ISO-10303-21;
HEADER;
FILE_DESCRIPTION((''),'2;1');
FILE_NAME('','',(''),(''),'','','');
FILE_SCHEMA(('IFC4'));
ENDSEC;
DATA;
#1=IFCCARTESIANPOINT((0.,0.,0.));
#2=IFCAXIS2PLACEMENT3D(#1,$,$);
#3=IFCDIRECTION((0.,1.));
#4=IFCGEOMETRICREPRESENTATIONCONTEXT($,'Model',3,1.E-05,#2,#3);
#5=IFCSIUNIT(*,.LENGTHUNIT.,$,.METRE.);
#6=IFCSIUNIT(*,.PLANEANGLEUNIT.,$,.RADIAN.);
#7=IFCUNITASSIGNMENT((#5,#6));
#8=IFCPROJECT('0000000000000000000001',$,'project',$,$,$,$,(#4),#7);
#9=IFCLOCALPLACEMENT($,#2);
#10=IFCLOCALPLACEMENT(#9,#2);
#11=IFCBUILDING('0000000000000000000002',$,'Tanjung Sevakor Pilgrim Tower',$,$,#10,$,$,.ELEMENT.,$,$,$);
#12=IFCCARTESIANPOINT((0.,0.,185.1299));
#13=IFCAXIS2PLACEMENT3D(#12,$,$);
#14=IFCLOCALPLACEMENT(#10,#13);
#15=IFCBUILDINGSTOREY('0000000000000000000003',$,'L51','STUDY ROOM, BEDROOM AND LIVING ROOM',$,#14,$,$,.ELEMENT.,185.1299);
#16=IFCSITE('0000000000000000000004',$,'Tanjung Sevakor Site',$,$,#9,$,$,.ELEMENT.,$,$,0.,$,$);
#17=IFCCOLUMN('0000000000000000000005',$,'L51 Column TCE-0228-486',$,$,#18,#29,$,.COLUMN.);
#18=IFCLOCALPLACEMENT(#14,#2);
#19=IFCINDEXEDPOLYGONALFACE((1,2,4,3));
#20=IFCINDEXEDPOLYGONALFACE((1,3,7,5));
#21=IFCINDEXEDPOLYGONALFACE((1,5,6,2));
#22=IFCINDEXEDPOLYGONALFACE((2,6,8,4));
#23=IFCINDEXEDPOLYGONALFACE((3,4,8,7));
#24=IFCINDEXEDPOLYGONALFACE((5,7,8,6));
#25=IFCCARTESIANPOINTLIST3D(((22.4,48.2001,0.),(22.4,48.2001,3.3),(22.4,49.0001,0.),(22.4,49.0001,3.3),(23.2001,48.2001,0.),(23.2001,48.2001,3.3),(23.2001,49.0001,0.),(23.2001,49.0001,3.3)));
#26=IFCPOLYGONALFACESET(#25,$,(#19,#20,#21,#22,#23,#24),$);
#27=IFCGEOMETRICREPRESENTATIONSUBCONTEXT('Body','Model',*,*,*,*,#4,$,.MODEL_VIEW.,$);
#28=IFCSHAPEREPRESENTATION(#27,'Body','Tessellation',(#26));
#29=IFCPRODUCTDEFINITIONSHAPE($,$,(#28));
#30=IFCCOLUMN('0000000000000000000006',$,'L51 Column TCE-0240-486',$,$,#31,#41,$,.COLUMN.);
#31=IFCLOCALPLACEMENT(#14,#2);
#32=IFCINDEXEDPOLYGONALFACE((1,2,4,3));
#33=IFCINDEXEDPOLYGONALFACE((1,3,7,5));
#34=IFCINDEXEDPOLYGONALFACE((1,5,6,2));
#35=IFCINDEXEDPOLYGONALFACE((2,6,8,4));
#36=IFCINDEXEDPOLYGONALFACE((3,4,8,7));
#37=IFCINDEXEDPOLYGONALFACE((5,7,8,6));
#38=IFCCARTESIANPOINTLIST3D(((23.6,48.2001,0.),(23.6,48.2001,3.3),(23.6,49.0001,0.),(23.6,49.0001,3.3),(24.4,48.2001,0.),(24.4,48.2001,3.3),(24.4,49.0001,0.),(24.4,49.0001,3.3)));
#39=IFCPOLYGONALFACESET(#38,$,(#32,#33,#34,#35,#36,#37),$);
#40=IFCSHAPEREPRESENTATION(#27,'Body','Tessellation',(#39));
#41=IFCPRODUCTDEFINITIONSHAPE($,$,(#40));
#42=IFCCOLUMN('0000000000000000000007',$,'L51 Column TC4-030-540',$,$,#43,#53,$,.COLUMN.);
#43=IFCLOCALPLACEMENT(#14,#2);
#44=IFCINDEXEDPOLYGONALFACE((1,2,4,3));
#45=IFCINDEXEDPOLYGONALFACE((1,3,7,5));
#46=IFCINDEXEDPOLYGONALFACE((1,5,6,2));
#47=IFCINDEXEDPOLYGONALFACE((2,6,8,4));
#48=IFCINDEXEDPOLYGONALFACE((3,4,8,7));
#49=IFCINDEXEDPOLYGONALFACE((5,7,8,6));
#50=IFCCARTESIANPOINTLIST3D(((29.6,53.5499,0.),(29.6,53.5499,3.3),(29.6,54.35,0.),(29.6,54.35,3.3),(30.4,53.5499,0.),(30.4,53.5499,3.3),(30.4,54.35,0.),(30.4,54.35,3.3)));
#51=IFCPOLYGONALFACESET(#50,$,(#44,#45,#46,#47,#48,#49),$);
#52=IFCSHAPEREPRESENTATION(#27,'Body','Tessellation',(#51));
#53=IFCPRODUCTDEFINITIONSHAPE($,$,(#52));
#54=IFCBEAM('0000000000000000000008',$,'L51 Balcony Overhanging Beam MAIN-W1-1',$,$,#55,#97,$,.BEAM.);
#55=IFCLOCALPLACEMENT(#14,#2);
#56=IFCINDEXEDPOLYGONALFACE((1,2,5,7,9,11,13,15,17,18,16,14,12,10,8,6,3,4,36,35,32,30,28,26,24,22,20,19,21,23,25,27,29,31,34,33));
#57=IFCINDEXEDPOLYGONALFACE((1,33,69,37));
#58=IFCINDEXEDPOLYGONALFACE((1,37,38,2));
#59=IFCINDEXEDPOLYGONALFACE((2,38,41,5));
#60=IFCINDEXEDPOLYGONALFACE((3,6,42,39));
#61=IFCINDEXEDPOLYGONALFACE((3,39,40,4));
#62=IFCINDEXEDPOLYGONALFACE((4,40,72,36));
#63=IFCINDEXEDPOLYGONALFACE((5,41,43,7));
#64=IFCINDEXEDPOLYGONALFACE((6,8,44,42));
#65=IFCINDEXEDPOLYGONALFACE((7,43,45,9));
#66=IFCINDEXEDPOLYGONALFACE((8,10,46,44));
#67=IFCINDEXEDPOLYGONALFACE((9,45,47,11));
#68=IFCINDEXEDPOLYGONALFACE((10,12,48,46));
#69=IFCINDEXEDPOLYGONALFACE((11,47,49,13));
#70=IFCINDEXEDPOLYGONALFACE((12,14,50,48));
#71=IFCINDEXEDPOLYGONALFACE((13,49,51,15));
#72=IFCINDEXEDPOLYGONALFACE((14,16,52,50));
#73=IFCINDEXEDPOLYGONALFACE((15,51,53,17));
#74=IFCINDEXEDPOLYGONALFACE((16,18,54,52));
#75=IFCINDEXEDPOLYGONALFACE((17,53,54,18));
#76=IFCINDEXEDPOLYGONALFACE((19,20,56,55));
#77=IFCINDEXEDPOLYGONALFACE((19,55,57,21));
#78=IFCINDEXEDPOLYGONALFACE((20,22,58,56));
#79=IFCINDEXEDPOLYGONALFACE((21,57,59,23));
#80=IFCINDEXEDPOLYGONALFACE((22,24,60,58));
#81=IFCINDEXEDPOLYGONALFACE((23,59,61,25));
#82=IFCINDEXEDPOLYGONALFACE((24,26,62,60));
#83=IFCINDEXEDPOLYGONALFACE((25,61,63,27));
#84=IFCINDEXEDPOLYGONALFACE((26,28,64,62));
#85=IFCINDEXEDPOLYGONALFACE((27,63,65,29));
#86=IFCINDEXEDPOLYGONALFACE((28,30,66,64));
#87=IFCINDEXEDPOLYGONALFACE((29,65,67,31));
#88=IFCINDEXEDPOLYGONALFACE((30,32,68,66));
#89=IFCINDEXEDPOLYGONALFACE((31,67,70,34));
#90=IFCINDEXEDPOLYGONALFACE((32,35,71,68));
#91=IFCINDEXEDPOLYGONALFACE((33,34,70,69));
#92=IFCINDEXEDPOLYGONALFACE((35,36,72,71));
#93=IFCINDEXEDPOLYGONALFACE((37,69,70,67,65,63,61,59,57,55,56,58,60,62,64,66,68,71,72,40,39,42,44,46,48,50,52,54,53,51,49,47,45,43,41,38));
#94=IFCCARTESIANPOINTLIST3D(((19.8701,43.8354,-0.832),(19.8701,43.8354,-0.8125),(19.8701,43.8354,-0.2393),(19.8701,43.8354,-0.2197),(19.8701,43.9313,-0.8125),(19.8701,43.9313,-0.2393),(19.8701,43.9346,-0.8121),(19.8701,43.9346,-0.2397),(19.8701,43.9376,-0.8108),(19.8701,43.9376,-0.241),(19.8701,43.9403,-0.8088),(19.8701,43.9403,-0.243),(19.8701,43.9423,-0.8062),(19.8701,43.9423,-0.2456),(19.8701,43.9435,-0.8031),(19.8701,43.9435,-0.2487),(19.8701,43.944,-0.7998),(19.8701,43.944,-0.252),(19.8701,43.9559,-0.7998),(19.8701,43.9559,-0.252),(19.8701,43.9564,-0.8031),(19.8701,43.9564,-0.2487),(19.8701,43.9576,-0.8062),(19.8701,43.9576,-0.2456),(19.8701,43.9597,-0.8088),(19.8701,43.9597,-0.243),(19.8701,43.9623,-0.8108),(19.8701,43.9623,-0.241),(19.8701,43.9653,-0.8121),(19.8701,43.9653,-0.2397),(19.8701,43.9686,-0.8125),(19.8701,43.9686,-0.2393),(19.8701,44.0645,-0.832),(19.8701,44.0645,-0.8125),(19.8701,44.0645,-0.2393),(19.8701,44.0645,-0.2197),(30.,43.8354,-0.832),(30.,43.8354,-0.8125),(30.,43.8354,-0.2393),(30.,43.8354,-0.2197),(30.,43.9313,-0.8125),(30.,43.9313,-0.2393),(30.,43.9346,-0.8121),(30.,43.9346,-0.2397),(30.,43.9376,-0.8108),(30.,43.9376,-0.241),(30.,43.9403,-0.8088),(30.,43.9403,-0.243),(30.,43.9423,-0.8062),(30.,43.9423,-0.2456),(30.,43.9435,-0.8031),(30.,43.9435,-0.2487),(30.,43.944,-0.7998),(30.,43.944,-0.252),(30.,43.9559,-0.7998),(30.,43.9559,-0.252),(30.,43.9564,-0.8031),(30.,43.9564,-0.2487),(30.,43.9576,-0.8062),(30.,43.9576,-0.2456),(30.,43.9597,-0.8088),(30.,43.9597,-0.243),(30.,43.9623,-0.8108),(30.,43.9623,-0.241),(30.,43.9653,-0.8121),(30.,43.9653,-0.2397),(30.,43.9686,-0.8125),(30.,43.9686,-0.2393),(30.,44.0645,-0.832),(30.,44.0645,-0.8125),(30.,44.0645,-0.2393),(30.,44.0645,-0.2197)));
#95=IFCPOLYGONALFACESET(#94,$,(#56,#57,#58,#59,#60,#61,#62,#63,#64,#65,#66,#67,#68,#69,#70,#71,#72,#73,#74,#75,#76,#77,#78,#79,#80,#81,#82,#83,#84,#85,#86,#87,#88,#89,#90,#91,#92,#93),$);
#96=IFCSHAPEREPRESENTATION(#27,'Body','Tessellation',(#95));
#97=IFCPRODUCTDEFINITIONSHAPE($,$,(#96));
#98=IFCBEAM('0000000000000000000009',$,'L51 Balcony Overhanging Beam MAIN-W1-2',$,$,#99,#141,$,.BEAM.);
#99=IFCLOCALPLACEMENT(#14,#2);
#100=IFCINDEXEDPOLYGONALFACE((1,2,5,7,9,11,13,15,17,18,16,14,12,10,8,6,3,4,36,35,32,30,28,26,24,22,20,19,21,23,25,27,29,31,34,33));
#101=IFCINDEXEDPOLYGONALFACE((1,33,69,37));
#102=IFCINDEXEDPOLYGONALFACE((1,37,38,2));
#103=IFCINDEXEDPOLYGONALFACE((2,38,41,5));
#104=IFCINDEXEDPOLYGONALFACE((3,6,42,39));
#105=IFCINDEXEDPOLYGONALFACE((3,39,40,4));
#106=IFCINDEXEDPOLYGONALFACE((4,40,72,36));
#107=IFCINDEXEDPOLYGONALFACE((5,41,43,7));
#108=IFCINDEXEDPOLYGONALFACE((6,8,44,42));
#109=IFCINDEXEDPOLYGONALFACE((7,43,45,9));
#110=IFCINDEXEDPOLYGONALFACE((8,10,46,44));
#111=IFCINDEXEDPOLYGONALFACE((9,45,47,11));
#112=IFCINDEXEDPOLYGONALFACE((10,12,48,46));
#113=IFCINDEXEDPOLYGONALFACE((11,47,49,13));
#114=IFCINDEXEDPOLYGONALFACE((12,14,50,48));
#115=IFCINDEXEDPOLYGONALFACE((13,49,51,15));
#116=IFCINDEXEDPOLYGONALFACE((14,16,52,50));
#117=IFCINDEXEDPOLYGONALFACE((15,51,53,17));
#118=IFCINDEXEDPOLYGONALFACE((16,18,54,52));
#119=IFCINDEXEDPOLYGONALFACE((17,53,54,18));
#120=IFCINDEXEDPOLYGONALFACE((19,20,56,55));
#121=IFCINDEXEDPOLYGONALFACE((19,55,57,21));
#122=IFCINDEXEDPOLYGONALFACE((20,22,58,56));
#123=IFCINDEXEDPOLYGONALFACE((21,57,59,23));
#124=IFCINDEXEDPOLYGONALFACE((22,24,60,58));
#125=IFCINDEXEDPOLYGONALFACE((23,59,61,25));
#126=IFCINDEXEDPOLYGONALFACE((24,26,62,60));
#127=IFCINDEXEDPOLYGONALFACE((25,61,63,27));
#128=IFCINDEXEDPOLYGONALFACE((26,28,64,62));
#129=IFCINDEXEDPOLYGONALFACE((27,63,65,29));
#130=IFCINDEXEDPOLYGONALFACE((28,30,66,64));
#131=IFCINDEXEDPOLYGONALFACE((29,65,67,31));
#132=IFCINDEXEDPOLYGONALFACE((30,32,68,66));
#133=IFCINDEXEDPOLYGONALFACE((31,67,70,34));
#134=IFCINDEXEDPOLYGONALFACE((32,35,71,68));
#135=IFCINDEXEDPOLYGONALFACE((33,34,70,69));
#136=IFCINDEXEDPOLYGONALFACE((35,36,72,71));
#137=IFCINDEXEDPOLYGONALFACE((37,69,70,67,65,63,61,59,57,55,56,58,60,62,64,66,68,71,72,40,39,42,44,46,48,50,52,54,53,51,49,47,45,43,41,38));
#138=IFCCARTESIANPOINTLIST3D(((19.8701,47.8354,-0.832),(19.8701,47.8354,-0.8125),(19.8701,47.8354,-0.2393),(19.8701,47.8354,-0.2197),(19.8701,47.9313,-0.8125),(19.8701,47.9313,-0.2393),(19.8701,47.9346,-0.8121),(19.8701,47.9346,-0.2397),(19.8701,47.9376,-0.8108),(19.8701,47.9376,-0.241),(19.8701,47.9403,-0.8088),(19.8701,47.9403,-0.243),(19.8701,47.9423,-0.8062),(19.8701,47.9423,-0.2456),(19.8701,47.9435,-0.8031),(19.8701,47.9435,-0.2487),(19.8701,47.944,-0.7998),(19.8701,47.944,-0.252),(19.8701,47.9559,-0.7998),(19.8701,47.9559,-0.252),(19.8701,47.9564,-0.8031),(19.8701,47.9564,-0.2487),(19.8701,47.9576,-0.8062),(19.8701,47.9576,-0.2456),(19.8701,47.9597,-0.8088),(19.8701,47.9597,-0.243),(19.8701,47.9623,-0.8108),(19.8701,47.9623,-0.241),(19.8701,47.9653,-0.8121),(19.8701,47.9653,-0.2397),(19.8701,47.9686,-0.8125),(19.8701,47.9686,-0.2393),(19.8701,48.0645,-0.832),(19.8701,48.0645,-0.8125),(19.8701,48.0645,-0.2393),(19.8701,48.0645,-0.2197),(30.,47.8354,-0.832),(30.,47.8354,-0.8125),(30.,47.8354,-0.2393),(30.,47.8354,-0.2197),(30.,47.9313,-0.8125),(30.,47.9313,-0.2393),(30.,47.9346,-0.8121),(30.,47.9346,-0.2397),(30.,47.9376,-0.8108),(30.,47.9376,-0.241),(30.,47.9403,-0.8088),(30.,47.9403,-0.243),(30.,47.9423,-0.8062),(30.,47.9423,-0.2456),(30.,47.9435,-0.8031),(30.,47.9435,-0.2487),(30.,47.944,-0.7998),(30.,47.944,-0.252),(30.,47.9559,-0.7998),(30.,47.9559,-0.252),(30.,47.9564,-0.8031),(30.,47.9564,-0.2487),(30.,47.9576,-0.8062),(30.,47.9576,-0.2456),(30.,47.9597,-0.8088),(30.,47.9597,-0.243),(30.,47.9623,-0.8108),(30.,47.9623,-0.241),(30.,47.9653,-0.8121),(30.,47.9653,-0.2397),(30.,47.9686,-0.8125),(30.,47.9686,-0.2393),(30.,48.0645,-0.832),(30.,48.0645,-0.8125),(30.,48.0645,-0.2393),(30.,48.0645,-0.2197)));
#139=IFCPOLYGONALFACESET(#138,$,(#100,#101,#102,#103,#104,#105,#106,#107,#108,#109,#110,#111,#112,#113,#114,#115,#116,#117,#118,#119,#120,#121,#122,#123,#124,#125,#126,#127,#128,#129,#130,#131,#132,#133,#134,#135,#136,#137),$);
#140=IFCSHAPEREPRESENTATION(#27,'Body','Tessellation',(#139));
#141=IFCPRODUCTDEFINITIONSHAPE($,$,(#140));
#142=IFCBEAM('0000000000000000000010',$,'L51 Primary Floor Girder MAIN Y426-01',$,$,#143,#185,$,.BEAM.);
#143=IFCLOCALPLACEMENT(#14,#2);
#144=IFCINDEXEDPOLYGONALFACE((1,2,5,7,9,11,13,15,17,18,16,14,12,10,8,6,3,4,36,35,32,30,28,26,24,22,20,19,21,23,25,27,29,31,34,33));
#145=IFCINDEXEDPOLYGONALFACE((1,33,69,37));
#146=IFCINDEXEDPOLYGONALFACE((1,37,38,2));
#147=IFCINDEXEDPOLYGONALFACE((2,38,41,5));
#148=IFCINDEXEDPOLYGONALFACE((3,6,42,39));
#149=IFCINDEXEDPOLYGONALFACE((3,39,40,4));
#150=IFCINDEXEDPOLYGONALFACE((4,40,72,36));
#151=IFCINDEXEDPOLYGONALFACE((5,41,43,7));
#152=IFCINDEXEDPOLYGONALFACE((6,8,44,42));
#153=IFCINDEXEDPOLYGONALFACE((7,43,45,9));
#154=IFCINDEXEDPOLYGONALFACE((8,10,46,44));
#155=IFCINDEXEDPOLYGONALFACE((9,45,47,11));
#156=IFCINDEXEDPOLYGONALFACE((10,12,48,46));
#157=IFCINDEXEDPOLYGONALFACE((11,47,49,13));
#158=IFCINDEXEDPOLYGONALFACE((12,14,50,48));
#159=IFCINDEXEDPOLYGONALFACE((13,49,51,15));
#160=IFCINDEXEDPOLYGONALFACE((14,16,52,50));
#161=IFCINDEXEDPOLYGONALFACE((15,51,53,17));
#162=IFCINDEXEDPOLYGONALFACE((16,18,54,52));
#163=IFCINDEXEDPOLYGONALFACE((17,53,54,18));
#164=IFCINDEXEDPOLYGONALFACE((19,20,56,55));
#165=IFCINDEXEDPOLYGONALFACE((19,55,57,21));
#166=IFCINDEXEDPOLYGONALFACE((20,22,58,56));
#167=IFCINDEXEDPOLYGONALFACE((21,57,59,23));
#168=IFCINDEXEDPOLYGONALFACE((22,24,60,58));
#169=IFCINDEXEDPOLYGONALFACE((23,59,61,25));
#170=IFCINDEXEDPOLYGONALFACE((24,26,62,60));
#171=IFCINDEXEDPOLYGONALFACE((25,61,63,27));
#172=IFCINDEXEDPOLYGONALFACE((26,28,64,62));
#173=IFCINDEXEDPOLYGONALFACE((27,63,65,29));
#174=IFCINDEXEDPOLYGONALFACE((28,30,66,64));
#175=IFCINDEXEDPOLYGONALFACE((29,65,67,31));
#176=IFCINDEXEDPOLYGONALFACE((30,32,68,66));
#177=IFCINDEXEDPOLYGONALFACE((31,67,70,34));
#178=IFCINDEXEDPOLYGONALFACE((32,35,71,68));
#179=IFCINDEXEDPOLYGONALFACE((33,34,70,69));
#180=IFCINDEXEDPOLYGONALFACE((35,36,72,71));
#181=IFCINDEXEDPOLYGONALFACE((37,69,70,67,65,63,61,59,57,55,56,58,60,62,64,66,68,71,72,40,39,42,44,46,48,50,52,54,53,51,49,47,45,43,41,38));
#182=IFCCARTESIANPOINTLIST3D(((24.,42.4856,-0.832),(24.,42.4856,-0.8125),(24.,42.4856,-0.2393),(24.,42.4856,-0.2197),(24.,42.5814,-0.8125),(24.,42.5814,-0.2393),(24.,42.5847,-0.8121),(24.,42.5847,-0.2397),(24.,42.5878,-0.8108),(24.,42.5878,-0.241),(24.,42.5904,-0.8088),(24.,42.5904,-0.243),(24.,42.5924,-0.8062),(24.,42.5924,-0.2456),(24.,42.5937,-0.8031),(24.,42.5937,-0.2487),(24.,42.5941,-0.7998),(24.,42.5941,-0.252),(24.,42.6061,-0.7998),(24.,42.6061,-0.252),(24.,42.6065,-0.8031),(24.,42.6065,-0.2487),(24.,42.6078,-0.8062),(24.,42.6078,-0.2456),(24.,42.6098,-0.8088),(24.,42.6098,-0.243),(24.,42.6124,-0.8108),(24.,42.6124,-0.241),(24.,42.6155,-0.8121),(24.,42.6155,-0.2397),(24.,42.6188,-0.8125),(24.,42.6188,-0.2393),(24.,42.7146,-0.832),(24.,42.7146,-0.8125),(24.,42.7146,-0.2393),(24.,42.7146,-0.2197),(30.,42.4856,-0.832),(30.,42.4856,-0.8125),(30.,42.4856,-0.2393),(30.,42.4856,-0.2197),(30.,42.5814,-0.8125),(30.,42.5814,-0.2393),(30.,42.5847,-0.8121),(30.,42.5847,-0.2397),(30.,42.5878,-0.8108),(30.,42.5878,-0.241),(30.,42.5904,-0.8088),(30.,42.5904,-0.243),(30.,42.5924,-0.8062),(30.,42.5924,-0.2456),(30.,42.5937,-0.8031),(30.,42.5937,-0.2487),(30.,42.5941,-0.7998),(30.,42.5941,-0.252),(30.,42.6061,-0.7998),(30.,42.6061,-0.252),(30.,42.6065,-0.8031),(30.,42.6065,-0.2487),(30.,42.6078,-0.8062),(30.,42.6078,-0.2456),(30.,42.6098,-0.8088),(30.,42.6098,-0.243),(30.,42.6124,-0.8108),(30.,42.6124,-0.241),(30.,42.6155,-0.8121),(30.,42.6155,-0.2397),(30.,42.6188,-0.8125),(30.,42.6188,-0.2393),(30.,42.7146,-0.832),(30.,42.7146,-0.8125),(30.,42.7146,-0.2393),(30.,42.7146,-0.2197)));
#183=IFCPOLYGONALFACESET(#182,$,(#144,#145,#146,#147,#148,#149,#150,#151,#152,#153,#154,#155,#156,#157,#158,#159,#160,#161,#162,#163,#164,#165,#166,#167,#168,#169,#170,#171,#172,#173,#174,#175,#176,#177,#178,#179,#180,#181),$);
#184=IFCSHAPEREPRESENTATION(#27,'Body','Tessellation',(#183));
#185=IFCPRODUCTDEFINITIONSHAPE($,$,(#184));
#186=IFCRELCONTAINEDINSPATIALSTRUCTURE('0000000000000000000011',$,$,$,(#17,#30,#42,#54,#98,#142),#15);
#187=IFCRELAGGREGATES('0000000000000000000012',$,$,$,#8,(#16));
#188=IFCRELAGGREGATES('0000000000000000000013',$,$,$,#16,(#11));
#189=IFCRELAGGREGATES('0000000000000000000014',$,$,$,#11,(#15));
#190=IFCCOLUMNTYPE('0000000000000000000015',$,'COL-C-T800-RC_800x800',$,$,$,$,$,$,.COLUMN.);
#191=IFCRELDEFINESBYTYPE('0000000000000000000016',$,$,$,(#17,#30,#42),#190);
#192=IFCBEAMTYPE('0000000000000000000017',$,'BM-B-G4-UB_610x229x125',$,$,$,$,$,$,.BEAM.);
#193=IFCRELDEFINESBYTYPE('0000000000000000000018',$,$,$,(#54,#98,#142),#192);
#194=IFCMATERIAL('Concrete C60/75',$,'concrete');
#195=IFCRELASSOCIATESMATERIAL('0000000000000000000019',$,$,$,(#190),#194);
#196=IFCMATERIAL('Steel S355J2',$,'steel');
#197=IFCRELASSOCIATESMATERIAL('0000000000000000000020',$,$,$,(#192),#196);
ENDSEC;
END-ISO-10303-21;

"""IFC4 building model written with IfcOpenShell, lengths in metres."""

from ifc_helpers import new_model, si_unit, direction, frame, origin, origin_2d, place, context, subcontext, project, spatial, rectangle, i_section, extrude, material, material_profile, profile_set, type_object, element, save


model = new_model("IFC4")

# Units and contexts
model_context = context("Model", 3, precision=1e-05, world=origin(), true_north=direction((0.0, 1.0)))
body_context = subcontext(model_context, "Body", "Model", "MODEL_VIEW")
ifc_project = project(units=[si_unit("LENGTHUNIT", "METRE"), si_unit("PLANEANGLEUNIT", "RADIAN")], contexts=[model_context])

# Site, building, storey
site_placement = place(None, origin())
site = spatial("IfcSite", under=ifc_project, at=site_placement, Name="Tanjung Sevakor Site", CompositionType="ELEMENT", RefElevation=0.0)
building_placement = place(site_placement, origin())
building = spatial("IfcBuilding", under=site, at=building_placement, Name="Tanjung Sevakor Pilgrim Tower", CompositionType="ELEMENT")
storey_placement = place(building_placement, frame((0.0, 0.0, 185.1299)))
storey = spatial("IfcBuildingStorey", under=building, at=storey_placement, Name="L51", Description="STUDY ROOM, BEDROOM AND LIVING ROOM", CompositionType="ELEMENT", Elevation=185.1299)

# Columns
ifc_material_1 = material(Name="Concrete C60/75", Category="concrete")
ifc_material_profile_1 = material_profile(ifc_material_1, rectangle(XDim=0.8, YDim=0.8, at=origin_2d()))
ifc_profile_set_1 = profile_set([ifc_material_profile_1], Name="Concrete C60/75")
column_type = type_object("IfcColumnType", Name="COL-C-T800-RC_800x800", PredefinedType="COLUMN", material=ifc_profile_set_1)
for number, where, z_axis, x_axis, name in (
    (1, (22.8, 48.6001, 0.0), (0.0, 0.0, 1.0), (1.0, 0.0, 0.0), "L51 Column TCE-0228-486"),
    (2, (24.0, 48.6001, 0.0), (0.0, 0.0, 1.0), (1.0, 0.0, 0.0), "L51 Column TCE-0240-486"),
    (3, (30.0, 53.95, 0.0), (0.0, 0.0, 1.0), (1.0, 0.0, 0.0), "L51 Column TC4-030-540"),
):
    element("IfcColumn", number, at=place(storey_placement, frame(where, z_axis=z_axis, x_axis=x_axis)), inside=storey, type_object=column_type, Name=name, PredefinedType="COLUMN", context=body_context, shape_type="SweptSolid", body=[
        extrude(rectangle(XDim=0.8, YDim=0.8, at=origin_2d()), origin(), (0.0, 0.0, 1.0), 3.3),
    ])

# Beams
ifc_material_2 = material(Name="Steel S355J2", Category="steel")
ifc_material_profile_2 = material_profile(ifc_material_2, i_section(OverallWidth=0.229, OverallDepth=0.6123, WebThickness=0.012, FlangeThickness=0.0195, FilletRadius=0.0127, at=origin_2d()))
ifc_profile_set_2 = profile_set([ifc_material_profile_2], Name="Steel S355J2")
beam_type_1 = type_object("IfcBeamType", Name="BM-B-G4-UB_610x229x125", PredefinedType="BEAM", material=ifc_profile_set_2)
for number, where, z_axis, x_axis, name in (
    (4, (30.0, 43.95, -0.5259), (-1.0, 0.0, 0.0), (0.0, -1.0, 0.0), "L51 Balcony Overhanging Beam MAIN-W1-1"),
    (5, (30.0, 47.95, -0.5259), (-1.0, 0.0, 0.0), (0.0, -1.0, 0.0), "L51 Balcony Overhanging Beam MAIN-W1-2"),
):
    element("IfcBeam", number, at=place(storey_placement, frame(where, z_axis=z_axis, x_axis=x_axis)), inside=storey, type_object=beam_type_1, Name=name, PredefinedType="BEAM", context=body_context, shape_type="SweptSolid", body=[
        extrude(i_section(OverallWidth=0.229, OverallDepth=0.6123, WebThickness=0.012, FlangeThickness=0.0195, FilletRadius=0.0127, at=origin_2d()), origin(), (0.0, 0.0, 1.0), 10.1299),
    ])
beam_1_placement = place(storey_placement, frame((24.0, 42.6001, -0.5259), z_axis=(1.0, 0.0, 0.0), x_axis=(0.0, 1.0, 0.0)))
element("IfcBeam", 6, at=beam_1_placement, inside=storey, type_object=beam_type_1, Name="L51 Primary Floor Girder MAIN Y426-01", PredefinedType="BEAM", context=body_context, shape_type="SweptSolid", body=[
    extrude(i_section(OverallWidth=0.229, OverallDepth=0.6123, WebThickness=0.012, FlangeThickness=0.0195, FilletRadius=0.0127, at=origin_2d()), origin(), (0.0, 0.0, 1.0), 6.0),
])

save(model, "model.ifc")
